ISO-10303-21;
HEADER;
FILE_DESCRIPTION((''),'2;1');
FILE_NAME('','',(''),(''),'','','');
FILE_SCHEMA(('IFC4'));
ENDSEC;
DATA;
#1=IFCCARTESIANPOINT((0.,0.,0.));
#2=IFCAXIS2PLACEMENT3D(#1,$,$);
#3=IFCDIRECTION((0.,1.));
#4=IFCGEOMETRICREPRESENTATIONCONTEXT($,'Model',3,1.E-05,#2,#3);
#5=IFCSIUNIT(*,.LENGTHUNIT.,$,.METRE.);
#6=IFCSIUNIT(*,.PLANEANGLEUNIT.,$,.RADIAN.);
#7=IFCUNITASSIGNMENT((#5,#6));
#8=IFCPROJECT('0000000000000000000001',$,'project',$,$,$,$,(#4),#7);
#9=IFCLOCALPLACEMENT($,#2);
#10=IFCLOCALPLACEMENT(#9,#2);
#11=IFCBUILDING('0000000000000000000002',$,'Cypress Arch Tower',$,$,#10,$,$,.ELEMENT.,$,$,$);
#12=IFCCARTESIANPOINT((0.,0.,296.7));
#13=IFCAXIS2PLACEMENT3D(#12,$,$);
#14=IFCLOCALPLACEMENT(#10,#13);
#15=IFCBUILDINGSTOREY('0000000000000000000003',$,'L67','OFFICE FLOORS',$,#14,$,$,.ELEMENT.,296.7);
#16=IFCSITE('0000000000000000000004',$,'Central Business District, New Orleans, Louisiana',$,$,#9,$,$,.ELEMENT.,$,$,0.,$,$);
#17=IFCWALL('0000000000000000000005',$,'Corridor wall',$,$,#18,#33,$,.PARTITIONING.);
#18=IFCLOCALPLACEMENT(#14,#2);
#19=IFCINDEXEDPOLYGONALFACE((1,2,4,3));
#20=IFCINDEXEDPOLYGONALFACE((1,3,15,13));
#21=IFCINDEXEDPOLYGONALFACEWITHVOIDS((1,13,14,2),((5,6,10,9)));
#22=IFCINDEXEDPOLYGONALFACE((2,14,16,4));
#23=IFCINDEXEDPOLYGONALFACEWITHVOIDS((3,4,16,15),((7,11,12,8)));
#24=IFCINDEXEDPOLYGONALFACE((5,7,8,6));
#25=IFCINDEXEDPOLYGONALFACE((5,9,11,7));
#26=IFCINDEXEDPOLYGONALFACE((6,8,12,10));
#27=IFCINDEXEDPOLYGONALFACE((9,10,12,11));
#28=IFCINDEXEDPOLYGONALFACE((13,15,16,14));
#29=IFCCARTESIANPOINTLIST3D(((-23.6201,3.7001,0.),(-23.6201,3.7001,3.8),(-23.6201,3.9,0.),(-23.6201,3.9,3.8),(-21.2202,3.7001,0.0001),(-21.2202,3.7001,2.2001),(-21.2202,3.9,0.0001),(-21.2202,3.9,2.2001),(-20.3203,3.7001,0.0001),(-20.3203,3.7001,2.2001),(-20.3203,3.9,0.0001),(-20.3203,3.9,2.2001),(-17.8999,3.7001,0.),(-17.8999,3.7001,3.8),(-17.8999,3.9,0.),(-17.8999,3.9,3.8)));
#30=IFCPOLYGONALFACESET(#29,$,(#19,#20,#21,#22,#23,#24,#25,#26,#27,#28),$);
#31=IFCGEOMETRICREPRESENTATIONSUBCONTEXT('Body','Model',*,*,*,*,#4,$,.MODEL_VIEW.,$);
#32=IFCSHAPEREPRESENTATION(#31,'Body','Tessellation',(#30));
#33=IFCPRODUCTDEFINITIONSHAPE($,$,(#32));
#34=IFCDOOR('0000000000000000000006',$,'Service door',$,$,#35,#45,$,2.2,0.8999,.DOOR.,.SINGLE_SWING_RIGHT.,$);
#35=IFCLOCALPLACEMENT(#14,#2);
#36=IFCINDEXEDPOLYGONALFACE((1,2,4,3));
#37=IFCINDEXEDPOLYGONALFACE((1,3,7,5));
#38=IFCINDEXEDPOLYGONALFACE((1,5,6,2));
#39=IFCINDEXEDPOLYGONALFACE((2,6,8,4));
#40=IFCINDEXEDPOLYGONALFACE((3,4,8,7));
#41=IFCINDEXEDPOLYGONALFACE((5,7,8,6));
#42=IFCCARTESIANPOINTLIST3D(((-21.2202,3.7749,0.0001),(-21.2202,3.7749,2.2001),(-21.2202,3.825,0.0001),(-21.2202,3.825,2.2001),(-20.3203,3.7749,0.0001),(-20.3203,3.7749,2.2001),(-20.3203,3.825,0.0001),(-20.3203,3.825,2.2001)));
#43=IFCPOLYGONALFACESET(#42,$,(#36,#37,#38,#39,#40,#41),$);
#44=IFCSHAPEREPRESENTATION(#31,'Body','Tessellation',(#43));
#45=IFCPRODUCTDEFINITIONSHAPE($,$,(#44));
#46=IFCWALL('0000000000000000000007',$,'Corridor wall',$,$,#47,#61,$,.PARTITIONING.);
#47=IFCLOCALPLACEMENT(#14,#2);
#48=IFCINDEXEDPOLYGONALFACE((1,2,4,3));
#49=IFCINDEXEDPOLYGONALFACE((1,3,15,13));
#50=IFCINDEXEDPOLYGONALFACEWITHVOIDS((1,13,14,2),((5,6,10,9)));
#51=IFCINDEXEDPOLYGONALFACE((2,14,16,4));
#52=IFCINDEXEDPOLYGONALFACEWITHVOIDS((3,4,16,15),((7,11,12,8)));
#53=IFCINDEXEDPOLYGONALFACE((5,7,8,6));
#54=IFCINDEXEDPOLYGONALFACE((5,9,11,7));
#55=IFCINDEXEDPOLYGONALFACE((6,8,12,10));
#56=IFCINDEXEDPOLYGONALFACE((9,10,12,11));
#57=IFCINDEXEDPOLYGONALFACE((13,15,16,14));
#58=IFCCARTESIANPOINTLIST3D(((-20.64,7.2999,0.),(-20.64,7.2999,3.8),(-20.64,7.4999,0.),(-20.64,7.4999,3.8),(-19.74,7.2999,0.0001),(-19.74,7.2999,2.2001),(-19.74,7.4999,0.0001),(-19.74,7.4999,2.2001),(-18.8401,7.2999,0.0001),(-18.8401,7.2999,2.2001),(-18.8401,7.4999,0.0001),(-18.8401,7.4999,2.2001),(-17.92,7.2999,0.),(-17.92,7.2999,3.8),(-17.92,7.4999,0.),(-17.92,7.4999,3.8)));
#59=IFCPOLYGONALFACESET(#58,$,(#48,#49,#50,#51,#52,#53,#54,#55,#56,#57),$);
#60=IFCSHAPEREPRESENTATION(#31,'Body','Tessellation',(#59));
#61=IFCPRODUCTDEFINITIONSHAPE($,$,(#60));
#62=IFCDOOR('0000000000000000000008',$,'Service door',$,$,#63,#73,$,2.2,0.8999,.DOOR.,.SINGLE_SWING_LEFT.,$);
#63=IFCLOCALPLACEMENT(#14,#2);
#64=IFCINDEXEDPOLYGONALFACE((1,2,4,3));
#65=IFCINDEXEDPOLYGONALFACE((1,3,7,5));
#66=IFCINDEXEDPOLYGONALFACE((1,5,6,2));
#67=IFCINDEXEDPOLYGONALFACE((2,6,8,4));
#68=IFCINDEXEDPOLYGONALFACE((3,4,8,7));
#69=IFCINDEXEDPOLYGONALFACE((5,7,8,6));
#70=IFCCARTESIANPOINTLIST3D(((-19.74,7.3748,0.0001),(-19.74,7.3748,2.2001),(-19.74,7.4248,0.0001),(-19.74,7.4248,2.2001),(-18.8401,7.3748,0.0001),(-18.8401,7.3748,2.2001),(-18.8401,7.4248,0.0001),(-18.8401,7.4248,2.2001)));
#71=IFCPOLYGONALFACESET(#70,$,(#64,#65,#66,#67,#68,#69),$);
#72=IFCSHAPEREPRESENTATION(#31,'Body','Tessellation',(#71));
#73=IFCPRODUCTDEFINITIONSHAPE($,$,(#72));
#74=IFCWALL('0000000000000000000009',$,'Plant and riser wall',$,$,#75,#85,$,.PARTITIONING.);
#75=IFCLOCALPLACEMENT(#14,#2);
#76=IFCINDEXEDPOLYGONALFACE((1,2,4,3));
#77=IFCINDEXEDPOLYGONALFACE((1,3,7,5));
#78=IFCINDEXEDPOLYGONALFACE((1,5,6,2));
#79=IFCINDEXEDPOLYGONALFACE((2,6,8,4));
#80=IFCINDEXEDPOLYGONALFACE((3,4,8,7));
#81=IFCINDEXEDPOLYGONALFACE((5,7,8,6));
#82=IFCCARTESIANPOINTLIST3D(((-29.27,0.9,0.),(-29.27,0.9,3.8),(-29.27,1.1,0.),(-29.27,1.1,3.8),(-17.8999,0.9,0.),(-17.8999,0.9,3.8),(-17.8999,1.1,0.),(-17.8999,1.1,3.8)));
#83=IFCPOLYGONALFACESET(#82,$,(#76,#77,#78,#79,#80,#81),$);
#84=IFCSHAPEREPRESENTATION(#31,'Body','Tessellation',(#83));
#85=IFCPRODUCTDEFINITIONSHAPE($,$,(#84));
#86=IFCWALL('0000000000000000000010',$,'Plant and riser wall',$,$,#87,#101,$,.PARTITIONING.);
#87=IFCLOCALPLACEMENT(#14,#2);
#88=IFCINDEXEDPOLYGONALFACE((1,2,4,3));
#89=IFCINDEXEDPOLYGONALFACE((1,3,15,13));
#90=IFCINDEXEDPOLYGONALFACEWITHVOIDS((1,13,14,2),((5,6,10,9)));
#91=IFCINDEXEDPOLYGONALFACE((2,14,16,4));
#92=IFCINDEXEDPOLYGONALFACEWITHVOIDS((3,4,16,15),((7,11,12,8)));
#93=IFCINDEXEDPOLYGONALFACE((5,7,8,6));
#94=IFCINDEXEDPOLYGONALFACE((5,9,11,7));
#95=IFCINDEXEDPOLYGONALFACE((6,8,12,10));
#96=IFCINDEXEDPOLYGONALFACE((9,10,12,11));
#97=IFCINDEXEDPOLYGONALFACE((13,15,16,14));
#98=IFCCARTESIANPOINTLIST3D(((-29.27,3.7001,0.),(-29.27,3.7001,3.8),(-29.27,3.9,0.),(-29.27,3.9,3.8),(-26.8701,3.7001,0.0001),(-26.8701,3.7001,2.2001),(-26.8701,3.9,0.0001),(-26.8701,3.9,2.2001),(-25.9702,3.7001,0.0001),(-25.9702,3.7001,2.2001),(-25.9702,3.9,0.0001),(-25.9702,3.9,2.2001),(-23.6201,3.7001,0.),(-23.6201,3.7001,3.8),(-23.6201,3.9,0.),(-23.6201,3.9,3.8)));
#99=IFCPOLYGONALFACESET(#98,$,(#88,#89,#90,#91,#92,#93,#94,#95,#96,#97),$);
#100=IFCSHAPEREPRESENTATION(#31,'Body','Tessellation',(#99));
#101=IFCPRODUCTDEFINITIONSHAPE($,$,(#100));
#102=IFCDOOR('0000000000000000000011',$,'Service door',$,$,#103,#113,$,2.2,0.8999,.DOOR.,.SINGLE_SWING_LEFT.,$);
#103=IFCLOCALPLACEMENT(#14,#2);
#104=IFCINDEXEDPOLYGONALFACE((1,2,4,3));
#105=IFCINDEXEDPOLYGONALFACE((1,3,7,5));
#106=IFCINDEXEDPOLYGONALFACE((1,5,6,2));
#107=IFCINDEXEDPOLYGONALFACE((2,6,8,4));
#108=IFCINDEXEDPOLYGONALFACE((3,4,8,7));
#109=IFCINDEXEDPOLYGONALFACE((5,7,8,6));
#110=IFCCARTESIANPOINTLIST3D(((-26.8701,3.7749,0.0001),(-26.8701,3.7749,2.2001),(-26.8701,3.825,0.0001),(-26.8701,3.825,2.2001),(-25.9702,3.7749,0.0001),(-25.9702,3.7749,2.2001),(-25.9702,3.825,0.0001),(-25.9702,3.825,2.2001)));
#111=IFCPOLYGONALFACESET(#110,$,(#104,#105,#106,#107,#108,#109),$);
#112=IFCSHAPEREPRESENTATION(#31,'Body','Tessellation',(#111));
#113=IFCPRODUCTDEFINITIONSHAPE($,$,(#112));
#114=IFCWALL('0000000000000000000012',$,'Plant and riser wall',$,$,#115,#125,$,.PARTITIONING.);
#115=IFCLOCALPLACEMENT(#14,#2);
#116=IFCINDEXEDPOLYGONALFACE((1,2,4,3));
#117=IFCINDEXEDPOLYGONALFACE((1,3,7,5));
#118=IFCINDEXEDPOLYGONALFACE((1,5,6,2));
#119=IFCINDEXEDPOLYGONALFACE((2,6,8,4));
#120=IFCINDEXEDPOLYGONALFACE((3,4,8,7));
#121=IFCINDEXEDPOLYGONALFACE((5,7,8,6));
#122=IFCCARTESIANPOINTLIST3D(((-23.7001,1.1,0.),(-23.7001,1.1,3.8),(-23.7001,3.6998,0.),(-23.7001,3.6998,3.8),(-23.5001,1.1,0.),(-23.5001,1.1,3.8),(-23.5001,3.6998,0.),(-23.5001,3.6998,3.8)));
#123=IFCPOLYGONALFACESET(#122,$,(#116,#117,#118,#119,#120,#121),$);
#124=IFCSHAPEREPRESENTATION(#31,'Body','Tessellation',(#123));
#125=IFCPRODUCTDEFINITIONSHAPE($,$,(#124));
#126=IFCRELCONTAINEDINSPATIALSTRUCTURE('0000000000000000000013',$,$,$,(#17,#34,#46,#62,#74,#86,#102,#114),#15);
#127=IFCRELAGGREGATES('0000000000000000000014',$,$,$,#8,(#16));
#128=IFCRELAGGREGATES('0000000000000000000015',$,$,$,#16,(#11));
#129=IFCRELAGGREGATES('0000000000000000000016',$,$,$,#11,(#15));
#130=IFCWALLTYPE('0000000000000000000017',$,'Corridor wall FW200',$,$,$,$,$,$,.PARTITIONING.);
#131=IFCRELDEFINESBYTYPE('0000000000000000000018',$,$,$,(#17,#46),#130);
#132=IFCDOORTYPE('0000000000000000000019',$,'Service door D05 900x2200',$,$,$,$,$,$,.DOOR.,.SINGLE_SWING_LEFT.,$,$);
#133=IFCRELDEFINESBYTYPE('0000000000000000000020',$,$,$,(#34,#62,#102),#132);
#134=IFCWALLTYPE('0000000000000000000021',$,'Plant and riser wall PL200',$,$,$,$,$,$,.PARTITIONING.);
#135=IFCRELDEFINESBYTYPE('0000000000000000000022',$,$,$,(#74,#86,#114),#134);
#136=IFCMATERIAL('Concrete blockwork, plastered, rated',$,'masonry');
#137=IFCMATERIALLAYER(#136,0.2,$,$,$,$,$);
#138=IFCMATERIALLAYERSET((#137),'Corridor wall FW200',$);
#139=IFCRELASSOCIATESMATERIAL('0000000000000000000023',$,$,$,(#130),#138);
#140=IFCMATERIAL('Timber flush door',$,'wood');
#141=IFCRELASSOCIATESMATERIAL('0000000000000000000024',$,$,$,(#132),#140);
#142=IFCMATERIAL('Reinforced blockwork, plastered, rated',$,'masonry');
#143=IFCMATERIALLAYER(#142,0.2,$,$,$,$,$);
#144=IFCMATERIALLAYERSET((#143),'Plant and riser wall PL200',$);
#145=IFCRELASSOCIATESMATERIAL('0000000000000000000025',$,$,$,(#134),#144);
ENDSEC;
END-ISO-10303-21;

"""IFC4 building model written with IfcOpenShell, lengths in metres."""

from ifc_helpers import new_model, si_unit, direction, frame, frame_2d, origin, place, context, subcontext, project, spatial, rectangle, extrude, material, layer, layer_set, type_object, element, fill, save


model = new_model("IFC4")

# Units and contexts
model_context = context("Model", 3, precision=1e-05, world=origin(), true_north=direction((0.0, 1.0)))
body_context = subcontext(model_context, "Body", "Model", "MODEL_VIEW")
ifc_project = project(units=[si_unit("LENGTHUNIT", "METRE"), si_unit("PLANEANGLEUNIT", "RADIAN")], contexts=[model_context])

# Site, building, storey
site_placement = place(None, origin())
site = spatial("IfcSite", under=ifc_project, at=site_placement, Name="Central Business District, New Orleans, Louisiana", CompositionType="ELEMENT", RefElevation=0.0)
building_placement = place(site_placement, origin())
building = spatial("IfcBuilding", under=site, at=building_placement, Name="Cypress Arch Tower", CompositionType="ELEMENT")
storey_placement = place(building_placement, frame((0.0, 0.0, 296.7)))
storey = spatial("IfcBuildingStorey", under=building, at=storey_placement, Name="L67", Description="OFFICE FLOORS", CompositionType="ELEMENT", Elevation=296.7)

# Walls, openings, doors
ifc_material_1 = material(Name="Concrete blockwork, plastered, rated", Category="masonry")
ifc_layer_1 = layer(ifc_material_1, 0.2)
ifc_layer_set_1 = layer_set([ifc_layer_1], Name="Corridor wall FW200")
wall_type_1 = type_object("IfcWallType", Name="Corridor wall FW200", PredefinedType="PARTITIONING", material=ifc_layer_set_1)
wall_1_placement = place(storey_placement, frame((-23.6201, 3.8, 0.0), z_axis=(0.0, 0.0, 1.0), x_axis=(1.0, 0.0, 0.0)))
wall_1 = element("IfcWall", 1, at=wall_1_placement, inside=storey, type_object=wall_type_1, Name="Corridor wall", PredefinedType="PARTITIONING", context=body_context, shape_type="SweptSolid", body=[
    extrude(rectangle(XDim=5.7202, YDim=0.2, at=frame_2d((2.8601, 0.0))), origin(), (0.0, 0.0, 1.0), 3.8),
])
opening_1_placement = place(wall_1_placement, frame((2.3999, 0.0, 0.0)))
opening_1 = element("IfcOpeningElement", 2, at=opening_1_placement, cuts=wall_1, PredefinedType="OPENING", context=body_context, shape_type="SweptSolid", body=[
    extrude(rectangle(XDim=0.8999, YDim=2.2, at=frame_2d((0.45, 1.1001))), frame((0.0, 0.1099, 0.0), z_axis=(0.0, -1.0, 0.0), x_axis=(1.0, 0.0, 0.0)), (0.0, 0.0, 1.0), 0.22),
])
ifc_material_2 = material(Name="Timber flush door", Category="wood")
door_type_1 = type_object("IfcDoorType", Name="Service door D05 900x2200", OperationType="SINGLE_SWING_LEFT", PredefinedType="DOOR", material=ifc_material_2)
door_1_placement = place(opening_1_placement, origin())
door_1 = element("IfcDoor", 3, at=door_1_placement, inside=storey, type_object=door_type_1, Name="Service door", OperationType="SINGLE_SWING_RIGHT", OverallHeight=2.2, OverallWidth=0.8999, PredefinedType="DOOR", context=body_context, shape_type="SweptSolid", body=[
    extrude(rectangle(XDim=0.8999, YDim=2.2, at=frame_2d((0.45, 1.1001))), frame((0.0, 0.0249, 0.0), z_axis=(0.0, -1.0, 0.0), x_axis=(1.0, 0.0, 0.0)), (0.0, 0.0, 1.0), 0.05),
])
fill(opening_1, door_1)
wall_2_placement = place(storey_placement, frame((-20.6399, 7.3999, 0.0), z_axis=(0.0, 0.0, 1.0), x_axis=(1.0, 0.0, 0.0)))
wall_2 = element("IfcWall", 4, at=wall_2_placement, inside=storey, type_object=wall_type_1, Name="Corridor wall", PredefinedType="PARTITIONING", context=body_context, shape_type="SweptSolid", body=[
    extrude(rectangle(XDim=2.72, YDim=0.2, at=frame_2d((1.3599, 0.0))), origin(), (0.0, 0.0, 1.0), 3.8),
])
opening_2_placement = place(wall_2_placement, frame((0.8999, 0.0, 0.0)))
opening_2 = element("IfcOpeningElement", 5, at=opening_2_placement, cuts=wall_2, PredefinedType="OPENING", context=body_context, shape_type="SweptSolid", body=[
    extrude(rectangle(XDim=0.8999, YDim=2.2, at=frame_2d((0.45, 1.1001))), frame((0.0, 0.1099, 0.0), z_axis=(0.0, -1.0, 0.0), x_axis=(1.0, 0.0, 0.0)), (0.0, 0.0, 1.0), 0.22),
])
door_2_placement = place(opening_2_placement, origin())
door_2 = element("IfcDoor", 6, at=door_2_placement, inside=storey, type_object=door_type_1, Name="Service door", OperationType="SINGLE_SWING_LEFT", OverallHeight=2.2, OverallWidth=0.8999, PredefinedType="DOOR", context=body_context, shape_type="SweptSolid", body=[
    extrude(rectangle(XDim=0.8999, YDim=2.2, at=frame_2d((0.45, 1.1001))), frame((0.0, 0.0249, 0.0), z_axis=(0.0, -1.0, 0.0), x_axis=(1.0, 0.0, 0.0)), (0.0, 0.0, 1.0), 0.05),
])
fill(opening_2, door_2)

# Wall
ifc_material_3 = material(Name="Reinforced blockwork, plastered, rated", Category="masonry")
ifc_layer_2 = layer(ifc_material_3, 0.2)
ifc_layer_set_2 = layer_set([ifc_layer_2], Name="Plant and riser wall PL200")
wall_type_2 = type_object("IfcWallType", Name="Plant and riser wall PL200", PredefinedType="PARTITIONING", material=ifc_layer_set_2)
wall_3_placement = place(storey_placement, frame((-29.27, 1.0, 0.0), z_axis=(0.0, 0.0, 1.0), x_axis=(1.0, 0.0, 0.0)))
element("IfcWall", 7, at=wall_3_placement, inside=storey, type_object=wall_type_2, Name="Plant and riser wall", PredefinedType="PARTITIONING", context=body_context, shape_type="SweptSolid", body=[
    extrude(rectangle(XDim=11.3701, YDim=0.2, at=frame_2d((5.6851, 0.0))), origin(), (0.0, 0.0, 1.0), 3.8),
])

# Wall, opening, door
wall_4_placement = place(storey_placement, frame((-29.27, 3.8, 0.0), z_axis=(0.0, 0.0, 1.0), x_axis=(1.0, 0.0, 0.0)))
wall_4 = element("IfcWall", 8, at=wall_4_placement, inside=storey, type_object=wall_type_2, Name="Plant and riser wall", PredefinedType="PARTITIONING", context=body_context, shape_type="SweptSolid", body=[
    extrude(rectangle(XDim=5.6499, YDim=0.2, at=frame_2d((2.825, 0.0))), origin(), (0.0, 0.0, 1.0), 3.8),
])
opening_3_placement = place(wall_4_placement, frame((2.3999, 0.0, 0.0)))
opening_3 = element("IfcOpeningElement", 9, at=opening_3_placement, cuts=wall_4, PredefinedType="OPENING", context=body_context, shape_type="SweptSolid", body=[
    extrude(rectangle(XDim=0.8999, YDim=2.2, at=frame_2d((0.45, 1.1001))), frame((0.0, 0.1099, 0.0), z_axis=(0.0, -1.0, 0.0), x_axis=(1.0, 0.0, 0.0)), (0.0, 0.0, 1.0), 0.22),
])
door_3_placement = place(opening_3_placement, origin())
door_3 = element("IfcDoor", 10, at=door_3_placement, inside=storey, type_object=door_type_1, Name="Service door", OperationType="SINGLE_SWING_LEFT", OverallHeight=2.2, OverallWidth=0.8999, PredefinedType="DOOR", context=body_context, shape_type="SweptSolid", body=[
    extrude(rectangle(XDim=0.8999, YDim=2.2, at=frame_2d((0.45, 1.1001))), frame((0.0, 0.0249, 0.0), z_axis=(0.0, -1.0, 0.0), x_axis=(1.0, 0.0, 0.0)), (0.0, 0.0, 1.0), 0.05),
])
fill(opening_3, door_3)

# Wall
wall_5_placement = place(storey_placement, frame((-23.6001, 1.1001, 0.0), z_axis=(0.0, 0.0, 1.0), x_axis=(0.0, 1.0, 0.0)))
element("IfcWall", 11, at=wall_5_placement, inside=storey, type_object=wall_type_2, Name="Plant and riser wall", PredefinedType="PARTITIONING", context=body_context, shape_type="SweptSolid", body=[
    extrude(rectangle(XDim=2.5999, YDim=0.2, at=frame_2d((1.2998, 0.0))), origin(), (0.0, 0.0, 1.0), 3.8),
])

save(model, "model.ifc")
